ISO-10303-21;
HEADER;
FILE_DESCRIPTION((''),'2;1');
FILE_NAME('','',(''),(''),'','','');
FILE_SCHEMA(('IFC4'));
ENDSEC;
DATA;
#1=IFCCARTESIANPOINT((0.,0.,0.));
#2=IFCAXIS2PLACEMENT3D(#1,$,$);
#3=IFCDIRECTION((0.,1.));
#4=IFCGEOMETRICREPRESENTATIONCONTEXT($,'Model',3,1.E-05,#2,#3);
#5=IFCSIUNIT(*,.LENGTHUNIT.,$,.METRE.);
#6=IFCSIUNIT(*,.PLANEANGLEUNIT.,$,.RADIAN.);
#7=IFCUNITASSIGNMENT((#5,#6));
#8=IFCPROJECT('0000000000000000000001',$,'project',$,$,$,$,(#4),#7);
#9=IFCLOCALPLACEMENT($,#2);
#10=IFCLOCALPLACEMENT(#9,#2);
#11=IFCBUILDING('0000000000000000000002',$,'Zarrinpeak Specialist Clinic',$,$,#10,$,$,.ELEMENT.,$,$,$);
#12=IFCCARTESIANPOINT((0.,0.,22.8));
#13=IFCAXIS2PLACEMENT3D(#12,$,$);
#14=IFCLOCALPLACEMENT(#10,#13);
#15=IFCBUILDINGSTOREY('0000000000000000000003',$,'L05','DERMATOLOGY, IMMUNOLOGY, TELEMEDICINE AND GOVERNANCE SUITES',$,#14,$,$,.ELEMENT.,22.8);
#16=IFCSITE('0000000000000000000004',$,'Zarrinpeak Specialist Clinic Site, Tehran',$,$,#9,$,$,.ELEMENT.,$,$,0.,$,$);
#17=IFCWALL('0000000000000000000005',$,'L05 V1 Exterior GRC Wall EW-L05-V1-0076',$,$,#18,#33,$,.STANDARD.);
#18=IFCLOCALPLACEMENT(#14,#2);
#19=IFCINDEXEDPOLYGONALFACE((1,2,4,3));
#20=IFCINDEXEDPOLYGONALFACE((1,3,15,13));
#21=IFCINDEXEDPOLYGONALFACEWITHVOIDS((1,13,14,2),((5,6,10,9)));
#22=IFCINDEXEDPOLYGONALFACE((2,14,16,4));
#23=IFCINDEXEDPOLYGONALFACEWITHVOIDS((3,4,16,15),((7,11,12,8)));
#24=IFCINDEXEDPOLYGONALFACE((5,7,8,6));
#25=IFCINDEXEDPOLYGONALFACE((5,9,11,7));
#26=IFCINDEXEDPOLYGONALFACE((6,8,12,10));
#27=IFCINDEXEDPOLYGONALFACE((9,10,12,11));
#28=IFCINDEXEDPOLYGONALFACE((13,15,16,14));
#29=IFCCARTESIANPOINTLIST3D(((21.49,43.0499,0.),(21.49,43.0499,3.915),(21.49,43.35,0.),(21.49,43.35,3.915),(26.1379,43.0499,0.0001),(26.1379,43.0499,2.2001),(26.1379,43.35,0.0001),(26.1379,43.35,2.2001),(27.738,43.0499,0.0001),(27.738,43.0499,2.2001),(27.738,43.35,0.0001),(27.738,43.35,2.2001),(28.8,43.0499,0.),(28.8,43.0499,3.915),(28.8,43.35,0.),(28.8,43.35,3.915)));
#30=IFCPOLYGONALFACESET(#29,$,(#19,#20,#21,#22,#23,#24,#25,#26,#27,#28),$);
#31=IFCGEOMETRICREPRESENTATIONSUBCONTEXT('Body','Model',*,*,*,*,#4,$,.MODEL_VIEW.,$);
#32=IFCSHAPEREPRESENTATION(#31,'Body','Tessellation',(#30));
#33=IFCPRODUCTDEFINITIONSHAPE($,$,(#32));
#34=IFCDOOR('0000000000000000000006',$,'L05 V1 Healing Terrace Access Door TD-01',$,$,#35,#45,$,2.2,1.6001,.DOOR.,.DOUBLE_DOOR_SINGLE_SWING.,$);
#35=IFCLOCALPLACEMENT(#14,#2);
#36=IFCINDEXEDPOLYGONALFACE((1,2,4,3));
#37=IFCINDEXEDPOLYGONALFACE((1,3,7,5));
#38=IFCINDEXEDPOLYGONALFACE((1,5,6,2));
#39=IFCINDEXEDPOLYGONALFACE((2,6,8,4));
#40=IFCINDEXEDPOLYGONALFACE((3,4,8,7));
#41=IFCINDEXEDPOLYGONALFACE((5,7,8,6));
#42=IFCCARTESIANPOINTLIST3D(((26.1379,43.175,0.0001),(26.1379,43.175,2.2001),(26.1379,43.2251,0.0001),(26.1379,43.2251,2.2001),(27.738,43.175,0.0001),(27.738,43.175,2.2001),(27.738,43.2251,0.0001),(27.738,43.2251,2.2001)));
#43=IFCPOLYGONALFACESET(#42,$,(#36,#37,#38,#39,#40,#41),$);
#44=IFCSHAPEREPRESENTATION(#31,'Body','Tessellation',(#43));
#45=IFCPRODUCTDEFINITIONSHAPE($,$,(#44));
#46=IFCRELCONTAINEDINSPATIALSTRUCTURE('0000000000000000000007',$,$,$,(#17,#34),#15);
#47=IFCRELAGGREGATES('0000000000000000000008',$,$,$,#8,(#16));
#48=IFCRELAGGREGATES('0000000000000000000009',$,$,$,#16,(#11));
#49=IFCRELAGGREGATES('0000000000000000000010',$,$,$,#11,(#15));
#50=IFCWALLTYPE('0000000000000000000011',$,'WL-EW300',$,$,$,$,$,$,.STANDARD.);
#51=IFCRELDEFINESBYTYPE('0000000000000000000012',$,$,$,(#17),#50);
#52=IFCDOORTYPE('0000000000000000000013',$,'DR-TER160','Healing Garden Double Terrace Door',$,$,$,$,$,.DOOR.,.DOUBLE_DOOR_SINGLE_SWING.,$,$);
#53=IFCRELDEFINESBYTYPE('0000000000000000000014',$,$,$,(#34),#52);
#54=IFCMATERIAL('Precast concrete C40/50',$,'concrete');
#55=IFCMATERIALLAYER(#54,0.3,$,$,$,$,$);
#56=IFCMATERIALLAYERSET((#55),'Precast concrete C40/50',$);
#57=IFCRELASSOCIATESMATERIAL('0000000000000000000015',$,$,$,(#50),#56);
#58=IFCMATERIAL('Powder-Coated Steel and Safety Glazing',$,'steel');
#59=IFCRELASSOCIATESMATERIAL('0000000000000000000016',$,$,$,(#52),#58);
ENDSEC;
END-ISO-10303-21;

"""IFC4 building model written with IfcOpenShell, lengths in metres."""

from ifc_helpers import new_model, si_unit, direction, frame, frame_2d, origin, place, context, subcontext, project, spatial, rectangle, extrude, material, layer, layer_set, type_object, element, fill, save


model = new_model("IFC4")

# Units and contexts
model_context = context("Model", 3, precision=1e-05, world=origin(), true_north=direction((0.0, 1.0)))
body_context = subcontext(model_context, "Body", "Model", "MODEL_VIEW")
ifc_project = project(units=[si_unit("LENGTHUNIT", "METRE"), si_unit("PLANEANGLEUNIT", "RADIAN")], contexts=[model_context])

# Site, building, storey
site_placement = place(None, origin())
site = spatial("IfcSite", under=ifc_project, at=site_placement, Name="Zarrinpeak Specialist Clinic Site, Tehran", CompositionType="ELEMENT", RefElevation=0.0)
building_placement = place(site_placement, origin())
building = spatial("IfcBuilding", under=site, at=building_placement, Name="Zarrinpeak Specialist Clinic", CompositionType="ELEMENT")
storey_placement = place(building_placement, frame((0.0, 0.0, 22.8)))
storey = spatial("IfcBuildingStorey", under=building, at=storey_placement, Name="L05", Description="DERMATOLOGY, IMMUNOLOGY, TELEMEDICINE AND GOVERNANCE SUITES", CompositionType="ELEMENT", Elevation=22.8)

# Wall, opening, door
ifc_material_1 = material(Name="Precast concrete C40/50", Category="concrete")
ifc_layer_1 = layer(ifc_material_1, 0.3)
ifc_layer_set_1 = layer_set([ifc_layer_1], Name="Precast concrete C40/50")
wall_type = type_object("IfcWallType", Name="WL-EW300", PredefinedType="STANDARD", material=ifc_layer_set_1)
wall_placement = place(storey_placement, frame((28.8, 43.2, 0.0), z_axis=(0.0, 0.0, 1.0), x_axis=(-1.0, 0.0, 0.0)))
wall = element("IfcWall", 1, at=wall_placement, inside=storey, type_object=wall_type, Name="L05 V1 Exterior GRC Wall EW-L05-V1-0076", PredefinedType="STANDARD", context=body_context, shape_type="SweptSolid", body=[
    extrude(rectangle(XDim=7.3101, YDim=0.3, at=frame_2d((3.655, 0.0))), origin(), (0.0, 0.0, 1.0), 3.915),
])
opening_placement = place(wall_placement, frame((1.062, 0.0, 0.0)))
opening = element("IfcOpeningElement", 2, at=opening_placement, cuts=wall, PredefinedType="OPENING", context=body_context, shape_type="SweptSolid", body=[
    extrude(rectangle(XDim=1.6001, YDim=2.2, at=frame_2d((0.8, 1.1001))), frame((0.0, 0.1602, 0.0), z_axis=(0.0, -1.0, 0.0), x_axis=(1.0, 0.0, 0.0)), (0.0, 0.0, 1.0), 0.3201),
])
ifc_material_2 = material(Name="Powder-Coated Steel and Safety Glazing", Category="steel")
door_type = type_object("IfcDoorType", Name="DR-TER160", Description="Healing Garden Double Terrace Door", OperationType="DOUBLE_DOOR_SINGLE_SWING", PredefinedType="DOOR", material=ifc_material_2)
door_placement = place(opening_placement, origin())
door = element("IfcDoor", 3, at=door_placement, inside=storey, type_object=door_type, Name="L05 V1 Healing Terrace Access Door TD-01", OperationType="DOUBLE_DOOR_SINGLE_SWING", OverallHeight=2.2, OverallWidth=1.6001, PredefinedType="DOOR", context=body_context, shape_type="SweptSolid", body=[
    extrude(rectangle(XDim=1.6001, YDim=2.2, at=frame_2d((0.8, 1.1001))), frame((0.0, 0.0249, 0.0), z_axis=(0.0, -1.0, 0.0), x_axis=(1.0, 0.0, 0.0)), (0.0, 0.0, 1.0), 0.05),
])
fill(opening, door)

save(model, "model.ifc")
